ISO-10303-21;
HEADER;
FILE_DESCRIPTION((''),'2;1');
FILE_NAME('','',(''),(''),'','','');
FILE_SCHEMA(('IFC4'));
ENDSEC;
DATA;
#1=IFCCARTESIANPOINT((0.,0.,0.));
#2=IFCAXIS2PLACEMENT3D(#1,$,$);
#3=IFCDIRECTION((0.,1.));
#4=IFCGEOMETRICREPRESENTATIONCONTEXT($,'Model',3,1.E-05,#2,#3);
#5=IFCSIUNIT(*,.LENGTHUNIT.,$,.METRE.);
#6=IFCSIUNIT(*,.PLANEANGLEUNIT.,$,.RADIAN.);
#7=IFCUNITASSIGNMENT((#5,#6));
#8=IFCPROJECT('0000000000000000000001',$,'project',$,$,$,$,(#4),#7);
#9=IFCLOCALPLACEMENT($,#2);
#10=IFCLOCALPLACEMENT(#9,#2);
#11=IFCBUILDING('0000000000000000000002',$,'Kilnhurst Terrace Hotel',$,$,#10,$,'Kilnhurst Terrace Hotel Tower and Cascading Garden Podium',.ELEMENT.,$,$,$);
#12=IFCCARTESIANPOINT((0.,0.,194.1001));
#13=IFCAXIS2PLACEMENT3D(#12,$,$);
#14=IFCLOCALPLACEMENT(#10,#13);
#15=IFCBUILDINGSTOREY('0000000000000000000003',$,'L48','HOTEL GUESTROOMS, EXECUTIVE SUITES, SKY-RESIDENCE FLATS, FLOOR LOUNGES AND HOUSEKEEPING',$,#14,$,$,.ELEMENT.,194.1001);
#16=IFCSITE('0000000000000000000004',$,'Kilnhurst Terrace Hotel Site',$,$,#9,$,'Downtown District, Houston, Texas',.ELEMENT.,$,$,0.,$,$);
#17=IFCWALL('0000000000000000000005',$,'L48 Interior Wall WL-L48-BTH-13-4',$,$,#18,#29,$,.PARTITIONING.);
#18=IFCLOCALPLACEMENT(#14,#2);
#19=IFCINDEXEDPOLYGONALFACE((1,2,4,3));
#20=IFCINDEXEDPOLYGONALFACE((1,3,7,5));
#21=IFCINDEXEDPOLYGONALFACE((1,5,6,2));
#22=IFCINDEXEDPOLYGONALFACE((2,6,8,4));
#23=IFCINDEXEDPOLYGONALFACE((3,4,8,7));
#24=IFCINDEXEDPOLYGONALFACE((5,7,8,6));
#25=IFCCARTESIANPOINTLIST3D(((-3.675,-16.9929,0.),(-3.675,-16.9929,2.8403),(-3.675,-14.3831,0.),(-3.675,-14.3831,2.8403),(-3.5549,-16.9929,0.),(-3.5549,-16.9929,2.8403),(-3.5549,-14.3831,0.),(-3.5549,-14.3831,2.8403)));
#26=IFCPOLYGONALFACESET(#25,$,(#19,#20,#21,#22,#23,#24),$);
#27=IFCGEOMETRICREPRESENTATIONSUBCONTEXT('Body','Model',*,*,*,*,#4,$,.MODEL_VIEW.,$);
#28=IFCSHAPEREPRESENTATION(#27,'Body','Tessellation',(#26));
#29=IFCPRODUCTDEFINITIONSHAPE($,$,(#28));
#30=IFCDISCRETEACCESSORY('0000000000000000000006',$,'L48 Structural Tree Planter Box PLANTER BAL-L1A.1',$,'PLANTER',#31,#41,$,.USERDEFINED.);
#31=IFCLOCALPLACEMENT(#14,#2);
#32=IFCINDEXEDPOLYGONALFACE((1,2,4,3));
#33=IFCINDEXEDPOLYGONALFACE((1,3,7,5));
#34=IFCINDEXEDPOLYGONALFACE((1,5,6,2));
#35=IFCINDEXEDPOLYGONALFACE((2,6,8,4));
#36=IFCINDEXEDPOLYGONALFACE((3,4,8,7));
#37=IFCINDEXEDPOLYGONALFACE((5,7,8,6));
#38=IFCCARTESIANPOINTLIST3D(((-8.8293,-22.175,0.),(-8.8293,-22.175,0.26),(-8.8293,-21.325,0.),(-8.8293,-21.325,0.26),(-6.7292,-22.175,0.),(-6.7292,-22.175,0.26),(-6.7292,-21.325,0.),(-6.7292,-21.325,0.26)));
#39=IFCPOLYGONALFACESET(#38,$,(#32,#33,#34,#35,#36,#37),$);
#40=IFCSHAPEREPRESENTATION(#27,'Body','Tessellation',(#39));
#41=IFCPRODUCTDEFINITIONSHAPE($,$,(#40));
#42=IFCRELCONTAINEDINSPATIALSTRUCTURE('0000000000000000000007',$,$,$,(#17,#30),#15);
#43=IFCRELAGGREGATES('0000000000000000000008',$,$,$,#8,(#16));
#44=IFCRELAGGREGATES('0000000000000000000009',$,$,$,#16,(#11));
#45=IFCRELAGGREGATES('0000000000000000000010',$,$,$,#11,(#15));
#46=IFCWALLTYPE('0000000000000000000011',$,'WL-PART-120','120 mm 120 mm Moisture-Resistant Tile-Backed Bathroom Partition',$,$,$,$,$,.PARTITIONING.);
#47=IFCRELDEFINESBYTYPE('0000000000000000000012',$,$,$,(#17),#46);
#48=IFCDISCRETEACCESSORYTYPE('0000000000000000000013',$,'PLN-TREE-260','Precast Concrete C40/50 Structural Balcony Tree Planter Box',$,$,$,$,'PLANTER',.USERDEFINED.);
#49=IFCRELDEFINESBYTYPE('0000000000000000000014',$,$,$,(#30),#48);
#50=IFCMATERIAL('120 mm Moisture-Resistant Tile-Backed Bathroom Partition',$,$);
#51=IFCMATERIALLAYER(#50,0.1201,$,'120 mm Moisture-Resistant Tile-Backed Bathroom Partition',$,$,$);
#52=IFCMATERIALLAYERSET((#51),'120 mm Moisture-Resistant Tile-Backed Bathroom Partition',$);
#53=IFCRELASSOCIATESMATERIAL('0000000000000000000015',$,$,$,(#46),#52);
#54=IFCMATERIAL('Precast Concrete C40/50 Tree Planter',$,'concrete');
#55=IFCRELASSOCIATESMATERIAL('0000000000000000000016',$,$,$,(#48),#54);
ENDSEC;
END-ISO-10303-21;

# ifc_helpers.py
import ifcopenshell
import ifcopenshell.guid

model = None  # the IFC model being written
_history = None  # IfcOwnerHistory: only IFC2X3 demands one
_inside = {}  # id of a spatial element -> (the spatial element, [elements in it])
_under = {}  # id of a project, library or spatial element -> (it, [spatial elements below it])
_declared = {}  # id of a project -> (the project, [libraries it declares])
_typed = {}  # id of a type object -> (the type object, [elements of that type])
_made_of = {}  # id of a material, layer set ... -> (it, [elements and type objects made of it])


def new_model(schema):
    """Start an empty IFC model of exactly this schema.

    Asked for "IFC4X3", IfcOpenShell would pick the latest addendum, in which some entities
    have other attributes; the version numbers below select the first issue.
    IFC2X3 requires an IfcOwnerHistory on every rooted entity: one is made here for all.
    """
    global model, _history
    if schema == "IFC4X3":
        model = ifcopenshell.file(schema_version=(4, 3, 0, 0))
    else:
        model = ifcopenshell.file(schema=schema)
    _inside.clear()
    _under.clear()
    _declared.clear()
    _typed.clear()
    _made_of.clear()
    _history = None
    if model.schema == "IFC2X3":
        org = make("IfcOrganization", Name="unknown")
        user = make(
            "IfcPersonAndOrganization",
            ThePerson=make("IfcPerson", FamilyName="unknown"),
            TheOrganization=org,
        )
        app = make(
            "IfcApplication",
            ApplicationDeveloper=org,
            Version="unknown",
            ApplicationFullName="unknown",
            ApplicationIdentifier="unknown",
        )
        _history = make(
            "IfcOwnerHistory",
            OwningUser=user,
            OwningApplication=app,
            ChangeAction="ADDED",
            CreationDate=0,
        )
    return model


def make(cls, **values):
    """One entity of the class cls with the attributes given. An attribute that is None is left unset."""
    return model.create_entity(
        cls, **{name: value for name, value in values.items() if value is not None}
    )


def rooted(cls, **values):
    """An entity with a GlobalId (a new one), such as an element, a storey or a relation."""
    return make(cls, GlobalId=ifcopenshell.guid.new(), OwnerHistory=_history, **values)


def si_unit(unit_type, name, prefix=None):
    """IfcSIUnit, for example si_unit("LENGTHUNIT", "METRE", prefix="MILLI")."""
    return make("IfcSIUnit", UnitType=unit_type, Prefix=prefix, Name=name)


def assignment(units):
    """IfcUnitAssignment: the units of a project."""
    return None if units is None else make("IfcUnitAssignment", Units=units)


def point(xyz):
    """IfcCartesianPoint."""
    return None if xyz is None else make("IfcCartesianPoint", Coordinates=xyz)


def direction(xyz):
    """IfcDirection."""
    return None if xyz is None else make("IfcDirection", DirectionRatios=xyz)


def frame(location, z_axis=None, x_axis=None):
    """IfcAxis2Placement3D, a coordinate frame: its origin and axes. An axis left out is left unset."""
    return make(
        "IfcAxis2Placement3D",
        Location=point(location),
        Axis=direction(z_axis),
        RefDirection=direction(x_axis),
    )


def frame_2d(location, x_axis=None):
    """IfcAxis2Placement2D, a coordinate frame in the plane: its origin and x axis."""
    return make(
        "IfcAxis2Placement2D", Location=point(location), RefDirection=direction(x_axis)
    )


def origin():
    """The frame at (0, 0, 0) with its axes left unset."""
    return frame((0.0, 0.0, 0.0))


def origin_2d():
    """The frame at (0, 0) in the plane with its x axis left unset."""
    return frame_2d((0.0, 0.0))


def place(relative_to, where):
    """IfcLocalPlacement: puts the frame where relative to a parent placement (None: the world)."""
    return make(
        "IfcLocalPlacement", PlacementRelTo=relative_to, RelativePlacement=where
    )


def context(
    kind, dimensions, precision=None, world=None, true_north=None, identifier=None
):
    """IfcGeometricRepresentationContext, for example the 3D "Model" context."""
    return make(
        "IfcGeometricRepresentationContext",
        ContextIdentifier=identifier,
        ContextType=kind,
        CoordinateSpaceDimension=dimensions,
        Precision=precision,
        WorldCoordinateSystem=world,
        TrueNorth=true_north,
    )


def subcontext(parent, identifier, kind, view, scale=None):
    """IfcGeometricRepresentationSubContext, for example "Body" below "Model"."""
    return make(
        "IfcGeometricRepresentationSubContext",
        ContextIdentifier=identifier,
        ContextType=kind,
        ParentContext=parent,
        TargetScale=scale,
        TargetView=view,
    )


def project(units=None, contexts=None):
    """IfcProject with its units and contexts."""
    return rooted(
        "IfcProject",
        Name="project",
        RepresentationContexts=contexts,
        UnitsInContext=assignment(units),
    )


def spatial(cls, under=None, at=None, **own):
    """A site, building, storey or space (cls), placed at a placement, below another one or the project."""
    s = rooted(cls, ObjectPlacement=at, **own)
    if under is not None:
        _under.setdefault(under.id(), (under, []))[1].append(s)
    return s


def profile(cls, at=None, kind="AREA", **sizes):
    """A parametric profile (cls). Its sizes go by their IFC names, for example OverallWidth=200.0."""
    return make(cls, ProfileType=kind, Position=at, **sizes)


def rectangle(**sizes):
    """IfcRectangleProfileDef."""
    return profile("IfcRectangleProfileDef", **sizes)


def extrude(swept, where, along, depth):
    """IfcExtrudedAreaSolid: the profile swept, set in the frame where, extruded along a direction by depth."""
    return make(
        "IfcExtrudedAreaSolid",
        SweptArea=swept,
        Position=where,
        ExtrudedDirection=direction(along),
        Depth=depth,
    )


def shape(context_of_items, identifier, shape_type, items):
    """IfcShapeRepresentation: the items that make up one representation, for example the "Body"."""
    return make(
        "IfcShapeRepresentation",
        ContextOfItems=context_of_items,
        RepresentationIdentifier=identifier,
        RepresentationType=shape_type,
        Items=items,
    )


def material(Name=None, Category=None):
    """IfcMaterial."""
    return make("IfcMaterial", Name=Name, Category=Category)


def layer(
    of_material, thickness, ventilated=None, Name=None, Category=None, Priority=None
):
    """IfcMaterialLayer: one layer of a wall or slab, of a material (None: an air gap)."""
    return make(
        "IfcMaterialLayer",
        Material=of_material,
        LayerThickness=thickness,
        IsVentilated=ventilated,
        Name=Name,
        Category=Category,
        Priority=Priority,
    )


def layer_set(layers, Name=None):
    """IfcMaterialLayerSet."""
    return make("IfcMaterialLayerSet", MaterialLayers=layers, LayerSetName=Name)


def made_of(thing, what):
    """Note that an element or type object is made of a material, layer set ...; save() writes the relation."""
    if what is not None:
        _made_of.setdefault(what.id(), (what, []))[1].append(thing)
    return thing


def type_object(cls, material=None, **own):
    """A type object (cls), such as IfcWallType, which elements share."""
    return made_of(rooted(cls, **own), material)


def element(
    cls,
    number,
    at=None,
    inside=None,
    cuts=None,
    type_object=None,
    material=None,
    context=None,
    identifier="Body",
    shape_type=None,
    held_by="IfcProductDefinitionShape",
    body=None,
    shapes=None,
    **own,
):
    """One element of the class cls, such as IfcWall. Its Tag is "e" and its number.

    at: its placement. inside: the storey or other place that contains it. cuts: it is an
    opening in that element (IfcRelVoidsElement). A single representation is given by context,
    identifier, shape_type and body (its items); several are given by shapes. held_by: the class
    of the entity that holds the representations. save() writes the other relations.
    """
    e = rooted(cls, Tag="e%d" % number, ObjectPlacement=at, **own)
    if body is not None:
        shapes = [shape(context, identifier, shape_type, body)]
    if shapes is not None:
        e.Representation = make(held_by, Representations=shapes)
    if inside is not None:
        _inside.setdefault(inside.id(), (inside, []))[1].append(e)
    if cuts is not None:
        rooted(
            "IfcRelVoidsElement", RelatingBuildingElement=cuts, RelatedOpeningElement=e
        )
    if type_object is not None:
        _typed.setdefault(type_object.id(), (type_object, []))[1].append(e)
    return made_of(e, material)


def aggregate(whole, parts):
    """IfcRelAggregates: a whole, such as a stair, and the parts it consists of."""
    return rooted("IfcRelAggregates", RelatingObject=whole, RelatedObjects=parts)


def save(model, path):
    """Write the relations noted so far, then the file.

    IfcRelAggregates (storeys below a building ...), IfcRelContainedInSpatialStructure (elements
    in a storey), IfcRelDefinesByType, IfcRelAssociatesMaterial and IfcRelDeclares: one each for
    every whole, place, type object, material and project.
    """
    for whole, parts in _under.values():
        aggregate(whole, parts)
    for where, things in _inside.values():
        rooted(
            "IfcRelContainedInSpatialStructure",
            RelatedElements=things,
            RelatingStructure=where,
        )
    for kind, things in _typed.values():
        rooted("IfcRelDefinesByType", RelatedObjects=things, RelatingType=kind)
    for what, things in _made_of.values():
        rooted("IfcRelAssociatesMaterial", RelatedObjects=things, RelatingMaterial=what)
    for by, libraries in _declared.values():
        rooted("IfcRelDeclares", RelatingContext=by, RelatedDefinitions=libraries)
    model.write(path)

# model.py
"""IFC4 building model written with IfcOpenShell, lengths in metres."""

from ifc_helpers import new_model, si_unit, direction, frame, frame_2d, origin, origin_2d, place, context, subcontext, project, spatial, rectangle, extrude, material, layer, layer_set, type_object, element, save


model = new_model("IFC4")

# Units and contexts
model_context = context("Model", 3, precision=1e-05, world=origin(), true_north=direction((0.0, 1.0)))
body_context = subcontext(model_context, "Body", "Model", "MODEL_VIEW")
ifc_project = project(units=[si_unit("LENGTHUNIT", "METRE"), si_unit("PLANEANGLEUNIT", "RADIAN")], contexts=[model_context])

# Site, building, storey
site_placement = place(None, origin())
site = spatial("IfcSite", under=ifc_project, at=site_placement, Name="Kilnhurst Terrace Hotel Site", LongName="Downtown District, Houston, Texas", CompositionType="ELEMENT", RefElevation=0.0)
building_placement = place(site_placement, origin())
building = spatial("IfcBuilding", under=site, at=building_placement, Name="Kilnhurst Terrace Hotel", LongName="Kilnhurst Terrace Hotel Tower and Cascading Garden Podium", CompositionType="ELEMENT")
storey_placement = place(building_placement, frame((0.0, 0.0, 194.1001)))
storey = spatial("IfcBuildingStorey", under=building, at=storey_placement, Name="L48", Description="HOTEL GUESTROOMS, EXECUTIVE SUITES, SKY-RESIDENCE FLATS, FLOOR LOUNGES AND HOUSEKEEPING", CompositionType="ELEMENT", Elevation=194.1001)

# Shared definitions
ifc_material_1 = material(Name="120 mm Moisture-Resistant Tile-Backed Bathroom Partition")
ifc_layer_1 = layer(ifc_material_1, 0.1201, Name="120 mm Moisture-Resistant Tile-Backed Bathroom Partition")
ifc_layer_set_1 = layer_set([ifc_layer_1], Name="120 mm Moisture-Resistant Tile-Backed Bathroom Partition")
wall_type_1 = type_object("IfcWallType", Name="WL-PART-120", Description="120 mm 120 mm Moisture-Resistant Tile-Backed Bathroom Partition", PredefinedType="PARTITIONING", material=ifc_layer_set_1)

# Wall
wall_1_placement = place(storey_placement, frame((-3.615, -14.3831, 0.0), z_axis=(0.0, 0.0, 1.0), x_axis=(0.0, -1.0, 0.0)))
element("IfcWall", 1, at=wall_1_placement, inside=storey, type_object=wall_type_1, Name="L48 Interior Wall WL-L48-BTH-13-4", PredefinedType="PARTITIONING", context=body_context, shape_type="SweptSolid", body=[
    extrude(rectangle(XDim=2.6099, YDim=0.1201, at=frame_2d((1.3049, 0.0))), origin(), (0.0, 0.0, 1.0), 2.8403),
])

# Discrete accessory
ifc_material_2 = material(Name="Precast Concrete C40/50 Tree Planter", Category="concrete")
discrete_accessory_type = type_object("IfcDiscreteAccessoryType", Name="PLN-TREE-260", Description="Precast Concrete C40/50 Structural Balcony Tree Planter Box", ElementType="PLANTER", PredefinedType="USERDEFINED", material=ifc_material_2)
discrete_accessory_placement = place(storey_placement, frame((-7.7793, -21.75, 0.0), z_axis=(0.0, 0.0, 1.0), x_axis=(1.0, 0.0, 0.0)))
element("IfcDiscreteAccessory", 2, at=discrete_accessory_placement, inside=storey, type_object=discrete_accessory_type, Name="L48 Structural Tree Planter Box PLANTER BAL-L1A.1", ObjectType="PLANTER", PredefinedType="USERDEFINED", context=body_context, shape_type="SweptSolid", body=[
    extrude(rectangle(XDim=2.1001, YDim=0.8501, at=origin_2d()), origin(), (0.0, 0.0, 1.0), 0.26),
])

save(model, "model.ifc")
